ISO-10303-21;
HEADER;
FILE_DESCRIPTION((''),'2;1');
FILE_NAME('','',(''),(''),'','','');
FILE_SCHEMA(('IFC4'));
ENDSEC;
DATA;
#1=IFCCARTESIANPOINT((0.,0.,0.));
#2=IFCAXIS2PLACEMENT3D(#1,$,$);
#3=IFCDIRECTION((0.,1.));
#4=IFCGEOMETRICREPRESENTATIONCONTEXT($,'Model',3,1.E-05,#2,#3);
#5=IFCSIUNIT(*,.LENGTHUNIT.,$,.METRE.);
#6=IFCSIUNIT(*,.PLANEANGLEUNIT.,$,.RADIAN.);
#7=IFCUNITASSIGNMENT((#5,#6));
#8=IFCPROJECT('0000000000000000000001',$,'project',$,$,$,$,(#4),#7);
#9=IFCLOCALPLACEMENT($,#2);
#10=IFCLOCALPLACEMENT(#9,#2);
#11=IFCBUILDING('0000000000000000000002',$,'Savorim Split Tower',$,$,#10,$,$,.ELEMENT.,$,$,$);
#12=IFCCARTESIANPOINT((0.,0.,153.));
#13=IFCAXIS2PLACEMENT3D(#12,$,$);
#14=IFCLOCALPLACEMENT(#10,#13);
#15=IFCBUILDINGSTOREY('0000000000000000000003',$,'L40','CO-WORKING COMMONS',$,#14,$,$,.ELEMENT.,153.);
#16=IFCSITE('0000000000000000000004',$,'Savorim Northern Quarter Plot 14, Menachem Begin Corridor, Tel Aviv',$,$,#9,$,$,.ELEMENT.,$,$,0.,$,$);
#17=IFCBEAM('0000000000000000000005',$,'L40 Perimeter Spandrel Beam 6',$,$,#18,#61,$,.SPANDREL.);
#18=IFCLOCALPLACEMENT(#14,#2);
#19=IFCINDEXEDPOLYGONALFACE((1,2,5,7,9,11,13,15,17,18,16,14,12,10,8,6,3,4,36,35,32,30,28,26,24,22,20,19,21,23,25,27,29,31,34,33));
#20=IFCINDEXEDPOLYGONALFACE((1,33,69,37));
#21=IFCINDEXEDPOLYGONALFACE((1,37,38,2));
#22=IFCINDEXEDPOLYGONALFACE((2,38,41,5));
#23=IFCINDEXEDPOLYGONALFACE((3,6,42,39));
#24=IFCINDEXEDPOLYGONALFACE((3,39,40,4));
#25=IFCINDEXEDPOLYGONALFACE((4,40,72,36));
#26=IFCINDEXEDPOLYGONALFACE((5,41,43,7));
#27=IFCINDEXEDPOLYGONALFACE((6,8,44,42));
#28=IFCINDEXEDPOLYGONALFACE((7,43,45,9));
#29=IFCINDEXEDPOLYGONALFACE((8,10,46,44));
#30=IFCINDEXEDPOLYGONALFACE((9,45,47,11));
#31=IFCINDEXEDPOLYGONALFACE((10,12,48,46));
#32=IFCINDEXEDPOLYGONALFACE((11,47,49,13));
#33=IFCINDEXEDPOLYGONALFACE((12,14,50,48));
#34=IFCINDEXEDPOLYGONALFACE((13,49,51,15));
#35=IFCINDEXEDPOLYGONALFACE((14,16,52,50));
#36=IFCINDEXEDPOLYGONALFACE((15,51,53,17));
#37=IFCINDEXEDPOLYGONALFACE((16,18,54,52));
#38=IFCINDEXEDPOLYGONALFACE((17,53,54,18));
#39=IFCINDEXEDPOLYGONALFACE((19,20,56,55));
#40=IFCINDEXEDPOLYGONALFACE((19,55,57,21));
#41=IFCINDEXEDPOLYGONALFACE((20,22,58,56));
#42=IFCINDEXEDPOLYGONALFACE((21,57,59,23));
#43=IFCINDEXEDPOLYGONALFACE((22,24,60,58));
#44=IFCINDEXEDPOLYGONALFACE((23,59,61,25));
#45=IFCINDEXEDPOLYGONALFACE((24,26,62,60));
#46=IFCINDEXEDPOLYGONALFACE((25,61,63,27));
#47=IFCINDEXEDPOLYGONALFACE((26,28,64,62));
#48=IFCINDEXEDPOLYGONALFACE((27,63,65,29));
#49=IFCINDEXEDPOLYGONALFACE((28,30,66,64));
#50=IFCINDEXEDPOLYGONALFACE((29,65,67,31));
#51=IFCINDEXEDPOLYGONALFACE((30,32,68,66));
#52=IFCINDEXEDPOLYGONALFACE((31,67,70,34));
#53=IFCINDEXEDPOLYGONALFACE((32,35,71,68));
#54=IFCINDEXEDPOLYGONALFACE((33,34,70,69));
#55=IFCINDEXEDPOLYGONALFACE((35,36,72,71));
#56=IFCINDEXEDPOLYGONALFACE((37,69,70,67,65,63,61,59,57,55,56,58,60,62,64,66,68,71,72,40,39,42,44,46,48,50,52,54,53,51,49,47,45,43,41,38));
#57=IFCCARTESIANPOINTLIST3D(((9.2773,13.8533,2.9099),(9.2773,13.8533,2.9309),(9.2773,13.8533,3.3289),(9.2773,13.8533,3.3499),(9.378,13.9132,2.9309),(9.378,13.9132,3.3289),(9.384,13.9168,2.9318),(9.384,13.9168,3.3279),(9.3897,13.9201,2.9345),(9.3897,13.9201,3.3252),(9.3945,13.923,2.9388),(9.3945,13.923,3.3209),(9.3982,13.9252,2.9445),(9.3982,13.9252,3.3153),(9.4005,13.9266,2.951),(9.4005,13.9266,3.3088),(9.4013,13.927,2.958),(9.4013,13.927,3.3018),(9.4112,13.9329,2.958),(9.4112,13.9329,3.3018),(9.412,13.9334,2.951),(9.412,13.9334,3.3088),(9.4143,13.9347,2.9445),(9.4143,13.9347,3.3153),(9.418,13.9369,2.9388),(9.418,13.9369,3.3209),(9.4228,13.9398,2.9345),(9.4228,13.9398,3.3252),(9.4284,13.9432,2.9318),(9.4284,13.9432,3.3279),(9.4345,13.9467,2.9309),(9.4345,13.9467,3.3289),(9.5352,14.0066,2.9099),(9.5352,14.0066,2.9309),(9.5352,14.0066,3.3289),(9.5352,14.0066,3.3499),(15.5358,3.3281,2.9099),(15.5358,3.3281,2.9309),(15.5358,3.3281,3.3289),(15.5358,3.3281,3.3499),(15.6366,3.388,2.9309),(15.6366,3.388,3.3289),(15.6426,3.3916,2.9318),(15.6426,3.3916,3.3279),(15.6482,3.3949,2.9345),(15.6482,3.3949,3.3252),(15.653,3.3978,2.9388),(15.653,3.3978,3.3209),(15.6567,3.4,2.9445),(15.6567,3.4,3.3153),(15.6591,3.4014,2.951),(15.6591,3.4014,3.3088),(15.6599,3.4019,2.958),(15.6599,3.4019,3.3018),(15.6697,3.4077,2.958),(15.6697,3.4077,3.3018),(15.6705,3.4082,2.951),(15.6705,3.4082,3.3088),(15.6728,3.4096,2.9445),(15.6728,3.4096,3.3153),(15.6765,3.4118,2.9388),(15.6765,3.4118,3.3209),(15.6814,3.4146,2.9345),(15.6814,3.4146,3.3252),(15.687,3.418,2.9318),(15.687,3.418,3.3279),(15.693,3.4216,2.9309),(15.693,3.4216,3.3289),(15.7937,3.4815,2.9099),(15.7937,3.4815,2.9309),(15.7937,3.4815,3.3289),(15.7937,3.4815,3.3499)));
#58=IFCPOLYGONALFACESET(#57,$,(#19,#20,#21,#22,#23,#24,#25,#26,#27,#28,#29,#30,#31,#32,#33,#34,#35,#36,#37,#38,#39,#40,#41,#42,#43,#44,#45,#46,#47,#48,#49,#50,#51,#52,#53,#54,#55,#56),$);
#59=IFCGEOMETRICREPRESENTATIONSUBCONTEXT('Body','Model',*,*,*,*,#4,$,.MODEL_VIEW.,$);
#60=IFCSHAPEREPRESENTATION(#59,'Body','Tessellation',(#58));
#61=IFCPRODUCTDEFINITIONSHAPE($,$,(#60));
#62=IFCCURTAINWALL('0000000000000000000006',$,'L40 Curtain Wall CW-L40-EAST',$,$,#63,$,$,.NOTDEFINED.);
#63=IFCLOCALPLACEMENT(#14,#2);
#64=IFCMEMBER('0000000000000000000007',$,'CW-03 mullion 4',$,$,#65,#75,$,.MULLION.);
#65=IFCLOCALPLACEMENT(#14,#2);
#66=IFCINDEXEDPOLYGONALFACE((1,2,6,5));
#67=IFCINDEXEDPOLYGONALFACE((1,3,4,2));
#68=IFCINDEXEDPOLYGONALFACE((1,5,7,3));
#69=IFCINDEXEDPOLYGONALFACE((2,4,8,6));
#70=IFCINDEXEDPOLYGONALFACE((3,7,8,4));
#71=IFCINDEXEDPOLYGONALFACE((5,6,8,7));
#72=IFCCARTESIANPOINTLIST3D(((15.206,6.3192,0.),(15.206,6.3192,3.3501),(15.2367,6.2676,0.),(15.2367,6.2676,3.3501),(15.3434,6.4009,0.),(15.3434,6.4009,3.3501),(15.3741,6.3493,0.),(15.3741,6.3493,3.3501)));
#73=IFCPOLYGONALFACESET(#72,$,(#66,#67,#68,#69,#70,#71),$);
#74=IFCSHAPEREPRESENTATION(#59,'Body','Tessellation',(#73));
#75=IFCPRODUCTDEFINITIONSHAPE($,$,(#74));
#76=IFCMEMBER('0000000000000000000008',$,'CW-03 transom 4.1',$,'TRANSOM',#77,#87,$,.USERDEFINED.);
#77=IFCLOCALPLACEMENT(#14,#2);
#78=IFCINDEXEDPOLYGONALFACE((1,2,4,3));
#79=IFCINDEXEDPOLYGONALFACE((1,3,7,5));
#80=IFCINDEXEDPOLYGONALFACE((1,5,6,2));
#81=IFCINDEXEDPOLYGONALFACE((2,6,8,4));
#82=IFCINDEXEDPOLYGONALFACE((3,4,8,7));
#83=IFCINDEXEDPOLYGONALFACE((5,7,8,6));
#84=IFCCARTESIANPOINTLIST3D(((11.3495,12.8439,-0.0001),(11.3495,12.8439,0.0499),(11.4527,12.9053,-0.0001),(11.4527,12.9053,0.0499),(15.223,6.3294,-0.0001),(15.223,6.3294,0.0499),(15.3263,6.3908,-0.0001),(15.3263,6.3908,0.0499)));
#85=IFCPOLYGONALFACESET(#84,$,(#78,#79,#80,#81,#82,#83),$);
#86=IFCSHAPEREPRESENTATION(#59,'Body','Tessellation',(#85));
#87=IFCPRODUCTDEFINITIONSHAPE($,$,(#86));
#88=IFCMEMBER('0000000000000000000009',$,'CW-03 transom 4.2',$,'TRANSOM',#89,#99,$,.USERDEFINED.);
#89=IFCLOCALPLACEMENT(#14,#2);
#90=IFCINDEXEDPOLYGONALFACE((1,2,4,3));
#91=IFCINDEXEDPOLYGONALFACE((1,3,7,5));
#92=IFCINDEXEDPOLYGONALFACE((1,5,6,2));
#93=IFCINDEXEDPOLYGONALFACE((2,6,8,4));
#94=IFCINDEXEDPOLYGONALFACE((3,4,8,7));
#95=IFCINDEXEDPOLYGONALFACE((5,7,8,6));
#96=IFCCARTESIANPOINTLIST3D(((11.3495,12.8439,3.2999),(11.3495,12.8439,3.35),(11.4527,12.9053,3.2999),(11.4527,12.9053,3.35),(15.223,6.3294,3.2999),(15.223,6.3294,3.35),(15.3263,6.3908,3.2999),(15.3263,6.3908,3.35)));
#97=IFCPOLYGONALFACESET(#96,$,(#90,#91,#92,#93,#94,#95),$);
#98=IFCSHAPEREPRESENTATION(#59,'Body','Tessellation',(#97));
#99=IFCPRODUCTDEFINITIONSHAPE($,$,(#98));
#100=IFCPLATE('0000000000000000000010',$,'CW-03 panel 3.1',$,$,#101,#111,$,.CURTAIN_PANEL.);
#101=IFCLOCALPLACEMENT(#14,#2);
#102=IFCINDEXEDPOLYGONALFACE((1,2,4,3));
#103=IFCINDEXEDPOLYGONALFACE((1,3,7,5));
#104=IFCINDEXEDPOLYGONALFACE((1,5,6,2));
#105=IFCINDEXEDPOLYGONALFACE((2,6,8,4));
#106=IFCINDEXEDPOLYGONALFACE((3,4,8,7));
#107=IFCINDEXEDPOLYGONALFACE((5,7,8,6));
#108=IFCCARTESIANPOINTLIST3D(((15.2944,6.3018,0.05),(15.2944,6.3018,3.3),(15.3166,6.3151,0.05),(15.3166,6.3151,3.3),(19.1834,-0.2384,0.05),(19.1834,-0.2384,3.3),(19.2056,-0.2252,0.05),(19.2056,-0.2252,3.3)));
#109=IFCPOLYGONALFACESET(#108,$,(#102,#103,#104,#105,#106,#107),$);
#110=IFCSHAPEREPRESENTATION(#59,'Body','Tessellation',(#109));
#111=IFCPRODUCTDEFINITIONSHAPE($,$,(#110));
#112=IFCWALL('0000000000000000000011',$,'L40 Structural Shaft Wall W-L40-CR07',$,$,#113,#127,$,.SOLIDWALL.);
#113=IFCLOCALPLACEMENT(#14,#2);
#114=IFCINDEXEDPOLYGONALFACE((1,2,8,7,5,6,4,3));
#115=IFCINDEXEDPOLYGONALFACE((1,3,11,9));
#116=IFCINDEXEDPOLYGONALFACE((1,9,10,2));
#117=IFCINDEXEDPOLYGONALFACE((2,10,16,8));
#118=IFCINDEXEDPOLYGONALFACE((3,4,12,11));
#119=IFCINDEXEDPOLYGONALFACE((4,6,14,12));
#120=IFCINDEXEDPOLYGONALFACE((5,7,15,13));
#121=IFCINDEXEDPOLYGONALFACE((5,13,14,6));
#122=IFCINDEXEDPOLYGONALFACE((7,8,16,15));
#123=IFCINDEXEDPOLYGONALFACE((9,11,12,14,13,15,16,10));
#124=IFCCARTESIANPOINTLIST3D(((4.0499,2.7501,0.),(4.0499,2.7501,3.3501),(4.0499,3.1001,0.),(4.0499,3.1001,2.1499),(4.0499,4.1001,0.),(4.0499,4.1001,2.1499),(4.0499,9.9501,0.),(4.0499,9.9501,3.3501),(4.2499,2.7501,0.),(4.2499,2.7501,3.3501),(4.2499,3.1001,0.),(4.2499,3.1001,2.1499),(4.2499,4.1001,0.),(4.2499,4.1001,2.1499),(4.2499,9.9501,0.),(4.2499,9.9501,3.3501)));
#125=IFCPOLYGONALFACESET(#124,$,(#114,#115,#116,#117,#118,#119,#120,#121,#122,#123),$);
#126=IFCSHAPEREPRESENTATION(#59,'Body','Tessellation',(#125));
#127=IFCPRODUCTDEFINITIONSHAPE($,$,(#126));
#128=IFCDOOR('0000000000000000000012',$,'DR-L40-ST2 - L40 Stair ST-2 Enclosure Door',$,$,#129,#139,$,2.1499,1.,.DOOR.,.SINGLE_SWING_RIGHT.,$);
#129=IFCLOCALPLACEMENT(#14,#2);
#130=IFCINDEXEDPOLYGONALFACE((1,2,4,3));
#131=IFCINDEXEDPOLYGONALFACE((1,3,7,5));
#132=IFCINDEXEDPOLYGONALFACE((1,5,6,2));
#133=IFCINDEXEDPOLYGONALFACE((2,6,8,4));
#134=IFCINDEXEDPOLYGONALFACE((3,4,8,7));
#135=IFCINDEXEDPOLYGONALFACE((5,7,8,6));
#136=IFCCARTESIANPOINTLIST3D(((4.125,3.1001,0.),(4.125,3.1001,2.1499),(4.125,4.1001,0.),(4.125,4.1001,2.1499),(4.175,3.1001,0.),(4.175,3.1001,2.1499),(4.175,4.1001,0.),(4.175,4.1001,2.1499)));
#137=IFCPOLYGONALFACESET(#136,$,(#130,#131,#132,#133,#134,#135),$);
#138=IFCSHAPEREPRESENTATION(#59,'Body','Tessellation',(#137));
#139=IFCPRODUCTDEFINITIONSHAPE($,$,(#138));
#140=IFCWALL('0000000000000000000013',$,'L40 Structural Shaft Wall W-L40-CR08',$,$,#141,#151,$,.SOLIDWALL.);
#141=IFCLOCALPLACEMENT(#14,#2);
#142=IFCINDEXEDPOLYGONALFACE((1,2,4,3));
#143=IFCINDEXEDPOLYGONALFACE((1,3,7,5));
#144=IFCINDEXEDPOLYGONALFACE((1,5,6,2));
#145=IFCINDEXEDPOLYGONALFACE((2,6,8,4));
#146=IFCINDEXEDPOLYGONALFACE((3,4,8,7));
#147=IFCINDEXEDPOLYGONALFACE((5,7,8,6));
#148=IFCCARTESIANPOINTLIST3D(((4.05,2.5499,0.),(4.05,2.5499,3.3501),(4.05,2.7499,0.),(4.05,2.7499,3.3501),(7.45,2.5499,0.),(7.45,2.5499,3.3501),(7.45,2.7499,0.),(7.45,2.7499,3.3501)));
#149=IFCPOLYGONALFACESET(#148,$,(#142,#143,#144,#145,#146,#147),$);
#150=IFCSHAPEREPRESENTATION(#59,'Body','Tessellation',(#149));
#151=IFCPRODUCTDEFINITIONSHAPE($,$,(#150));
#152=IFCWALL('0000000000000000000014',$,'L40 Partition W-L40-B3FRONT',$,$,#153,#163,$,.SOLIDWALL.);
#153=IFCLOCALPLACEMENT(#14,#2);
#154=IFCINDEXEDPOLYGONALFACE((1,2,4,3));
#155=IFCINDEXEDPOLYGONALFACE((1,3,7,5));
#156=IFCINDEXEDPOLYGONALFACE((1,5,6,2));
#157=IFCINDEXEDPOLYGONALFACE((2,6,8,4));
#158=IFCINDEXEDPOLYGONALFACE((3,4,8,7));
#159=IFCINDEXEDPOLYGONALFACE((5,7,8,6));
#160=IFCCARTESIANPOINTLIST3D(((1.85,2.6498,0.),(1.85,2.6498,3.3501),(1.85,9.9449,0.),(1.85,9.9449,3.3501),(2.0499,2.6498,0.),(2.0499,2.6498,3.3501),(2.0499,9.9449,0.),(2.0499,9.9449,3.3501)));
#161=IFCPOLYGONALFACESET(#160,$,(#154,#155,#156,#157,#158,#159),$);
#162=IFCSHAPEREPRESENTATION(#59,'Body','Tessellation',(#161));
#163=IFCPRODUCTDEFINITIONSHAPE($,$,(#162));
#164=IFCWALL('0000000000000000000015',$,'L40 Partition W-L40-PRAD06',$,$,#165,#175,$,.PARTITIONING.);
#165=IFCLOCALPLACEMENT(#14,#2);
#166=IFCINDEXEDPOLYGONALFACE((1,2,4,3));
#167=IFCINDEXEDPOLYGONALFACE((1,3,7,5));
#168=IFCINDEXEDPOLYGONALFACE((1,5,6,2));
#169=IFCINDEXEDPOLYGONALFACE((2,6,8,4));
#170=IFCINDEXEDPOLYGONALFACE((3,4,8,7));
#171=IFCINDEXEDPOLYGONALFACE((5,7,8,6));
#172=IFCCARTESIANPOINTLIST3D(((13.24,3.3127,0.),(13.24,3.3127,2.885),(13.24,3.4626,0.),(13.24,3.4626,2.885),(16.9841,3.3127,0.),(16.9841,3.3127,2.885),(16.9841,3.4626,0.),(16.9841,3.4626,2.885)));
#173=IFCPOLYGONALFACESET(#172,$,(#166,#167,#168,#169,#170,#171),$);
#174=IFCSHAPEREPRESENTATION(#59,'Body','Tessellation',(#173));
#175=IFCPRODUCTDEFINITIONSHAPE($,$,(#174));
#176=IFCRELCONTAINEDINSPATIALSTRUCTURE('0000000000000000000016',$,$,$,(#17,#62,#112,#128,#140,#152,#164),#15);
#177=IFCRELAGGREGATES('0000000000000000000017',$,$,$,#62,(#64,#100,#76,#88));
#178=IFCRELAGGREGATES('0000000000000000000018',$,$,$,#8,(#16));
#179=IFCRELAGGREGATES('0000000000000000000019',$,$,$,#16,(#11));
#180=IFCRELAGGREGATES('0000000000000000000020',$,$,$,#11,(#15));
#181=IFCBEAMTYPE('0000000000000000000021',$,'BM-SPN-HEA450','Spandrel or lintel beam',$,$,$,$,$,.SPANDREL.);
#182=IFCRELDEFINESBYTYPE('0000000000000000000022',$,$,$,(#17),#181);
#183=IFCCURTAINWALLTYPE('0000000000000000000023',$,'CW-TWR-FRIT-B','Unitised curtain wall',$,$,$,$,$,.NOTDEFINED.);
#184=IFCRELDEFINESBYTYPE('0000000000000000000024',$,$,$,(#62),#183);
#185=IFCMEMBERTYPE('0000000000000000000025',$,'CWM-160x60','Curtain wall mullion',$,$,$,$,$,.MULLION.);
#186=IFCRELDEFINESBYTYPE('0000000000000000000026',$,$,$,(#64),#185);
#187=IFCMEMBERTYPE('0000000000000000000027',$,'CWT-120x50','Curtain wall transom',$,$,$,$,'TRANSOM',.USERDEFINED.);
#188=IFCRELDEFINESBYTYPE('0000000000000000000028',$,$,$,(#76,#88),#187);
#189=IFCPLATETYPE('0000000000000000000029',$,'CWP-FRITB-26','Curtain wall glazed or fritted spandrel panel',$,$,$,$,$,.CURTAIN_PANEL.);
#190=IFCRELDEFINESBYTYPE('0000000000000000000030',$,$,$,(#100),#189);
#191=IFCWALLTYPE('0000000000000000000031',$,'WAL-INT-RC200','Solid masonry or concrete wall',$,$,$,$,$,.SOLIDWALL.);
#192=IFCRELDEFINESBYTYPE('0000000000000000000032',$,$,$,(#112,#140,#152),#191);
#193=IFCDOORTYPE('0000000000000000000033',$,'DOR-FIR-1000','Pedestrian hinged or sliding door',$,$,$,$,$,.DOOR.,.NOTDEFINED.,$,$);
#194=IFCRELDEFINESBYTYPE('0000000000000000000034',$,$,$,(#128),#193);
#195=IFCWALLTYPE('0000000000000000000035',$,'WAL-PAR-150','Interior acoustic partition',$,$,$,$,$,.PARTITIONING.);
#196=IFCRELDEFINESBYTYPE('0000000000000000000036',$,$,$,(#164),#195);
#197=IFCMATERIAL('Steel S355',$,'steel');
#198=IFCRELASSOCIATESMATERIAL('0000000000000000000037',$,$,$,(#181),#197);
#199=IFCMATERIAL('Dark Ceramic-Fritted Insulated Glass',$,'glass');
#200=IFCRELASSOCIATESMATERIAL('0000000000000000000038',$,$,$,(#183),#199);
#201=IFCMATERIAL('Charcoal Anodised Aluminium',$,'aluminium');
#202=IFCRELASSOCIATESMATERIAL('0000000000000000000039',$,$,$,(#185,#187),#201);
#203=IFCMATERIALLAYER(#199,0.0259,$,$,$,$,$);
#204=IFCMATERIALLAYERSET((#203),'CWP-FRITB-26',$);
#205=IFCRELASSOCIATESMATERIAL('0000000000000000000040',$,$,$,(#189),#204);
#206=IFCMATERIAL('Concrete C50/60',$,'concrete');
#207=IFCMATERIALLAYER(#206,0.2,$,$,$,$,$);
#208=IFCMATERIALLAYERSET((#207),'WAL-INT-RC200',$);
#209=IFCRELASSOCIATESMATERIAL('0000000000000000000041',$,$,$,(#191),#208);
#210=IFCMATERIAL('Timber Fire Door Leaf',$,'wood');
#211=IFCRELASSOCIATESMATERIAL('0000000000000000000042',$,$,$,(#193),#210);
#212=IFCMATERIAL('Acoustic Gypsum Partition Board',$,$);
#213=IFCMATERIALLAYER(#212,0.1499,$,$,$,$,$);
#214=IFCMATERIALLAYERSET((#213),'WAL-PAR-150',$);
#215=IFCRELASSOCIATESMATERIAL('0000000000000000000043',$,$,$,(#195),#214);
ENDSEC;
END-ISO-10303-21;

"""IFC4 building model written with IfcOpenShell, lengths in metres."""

from ifc_helpers import new_model, si_unit, direction, frame, frame_2d, origin, origin_2d, place, context, subcontext, project, spatial, rectangle, i_section, extrude, material, layer, layer_set, material_profile, profile_set, type_object, element, fill, aggregate, save


model = new_model("IFC4")

# Units and contexts
model_context = context("Model", 3, precision=1e-05, world=origin(), true_north=direction((0.0, 1.0)))
body_context = subcontext(model_context, "Body", "Model", "MODEL_VIEW")
ifc_project = project(units=[si_unit("LENGTHUNIT", "METRE"), si_unit("PLANEANGLEUNIT", "RADIAN")], contexts=[model_context])

# Site, building, storey
site_placement = place(None, origin())
site = spatial("IfcSite", under=ifc_project, at=site_placement, Name="Savorim Northern Quarter Plot 14, Menachem Begin Corridor, Tel Aviv", CompositionType="ELEMENT", RefElevation=0.0)
building_placement = place(site_placement, origin())
building = spatial("IfcBuilding", under=site, at=building_placement, Name="Savorim Split Tower", CompositionType="ELEMENT")
storey_placement = place(building_placement, frame((0.0, 0.0, 153.0)))
storey = spatial("IfcBuildingStorey", under=building, at=storey_placement, Name="L40", Description="CO-WORKING COMMONS", CompositionType="ELEMENT", Elevation=153.0)

# Beam
ifc_material_1 = material(Name="Steel S355", Category="steel")
ifc_material_profile_1 = material_profile(ifc_material_1, i_section(OverallWidth=0.3, OverallDepth=0.4399, WebThickness=0.0115, FlangeThickness=0.021, FilletRadius=0.0271, at=origin_2d()), Name="HEA 450")
ifc_profile_set_1 = profile_set([ifc_material_profile_1], Name="Steel S355")
beam_type_1 = type_object("IfcBeamType", Name="BM-SPN-HEA450", Description="Spandrel or lintel beam", PredefinedType="SPANDREL", material=ifc_profile_set_1)
beam_1_placement = place(storey_placement, frame((15.6648, 3.4048, 3.1299), z_axis=(-0.511096, 0.859523, 0.0), x_axis=(-0.859523, -0.511096, 0.0)))
element("IfcBeam", 1, at=beam_1_placement, inside=storey, type_object=beam_type_1, Name="L40 Perimeter Spandrel Beam 6", PredefinedType="SPANDREL", context=body_context, shape_type="SweptSolid", body=[
    extrude(i_section(OverallWidth=0.3, OverallDepth=0.4399, WebThickness=0.0115, FlangeThickness=0.021, FilletRadius=0.0271, at=origin_2d()), origin(), (0.0, 0.0, 1.0), 12.2454),
])

# Curtain wall, members, plate
ifc_material_2 = material(Name="Dark Ceramic-Fritted Insulated Glass", Category="glass")
curtain_wall_type = type_object("IfcCurtainWallType", Name="CW-TWR-FRIT-B", Description="Unitised curtain wall", PredefinedType="NOTDEFINED", material=ifc_material_2)
curtain_wall_placement = place(storey_placement, origin())
curtain_wall = element("IfcCurtainWall", 2, at=curtain_wall_placement, inside=storey, type_object=curtain_wall_type, Name="L40 Curtain Wall CW-L40-EAST", PredefinedType="NOTDEFINED")
ifc_material_3 = material(Name="Charcoal Anodised Aluminium", Category="aluminium")
ifc_material_profile_2 = material_profile(ifc_material_3, rectangle(XDim=0.1599, YDim=0.0601, at=origin_2d()), Name="ALU-M 160x60")
ifc_profile_set_2 = profile_set([ifc_material_profile_2], Name="Charcoal Anodised Aluminium")
member_type_1 = type_object("IfcMemberType", Name="CWM-160x60", Description="Curtain wall mullion", PredefinedType="MULLION", material=ifc_profile_set_2)
member_1_placement = place(storey_placement, frame((15.29, 6.3342, 0.0), z_axis=(0.0, 0.0, 1.0), x_axis=(-0.859526, -0.511091, 0.0)))
member_1 = element("IfcMember", 3, at=member_1_placement, type_object=member_type_1, Name="CW-03 mullion 4", PredefinedType="MULLION", context=body_context, shape_type="SweptSolid", body=[
    extrude(rectangle(XDim=0.1599, YDim=0.0601, at=origin_2d()), origin(), (0.0, 0.0, 1.0), 3.3501),
])
ifc_material_profile_3 = material_profile(ifc_material_3, rectangle(XDim=0.1201, YDim=0.05, at=origin_2d()), Name="ALU-T 120x50")
ifc_profile_set_3 = profile_set([ifc_material_profile_3], Name="Charcoal Anodised Aluminium")
member_type_2 = type_object("IfcMemberType", Name="CWT-120x50", Description="Curtain wall transom", ElementType="TRANSOM", PredefinedType="USERDEFINED", material=ifc_profile_set_3)
member_2_placement = place(storey_placement, frame((15.2747, 6.3601, 0.0249), z_axis=(-0.511086, 0.85953, 0.0), x_axis=(-0.85953, -0.511086, 0.0)))
member_2 = element("IfcMember", 4, at=member_2_placement, type_object=member_type_2, Name="CW-03 transom 4.1", ObjectType="TRANSOM", PredefinedType="USERDEFINED", context=body_context, shape_type="SweptSolid", body=[
    extrude(rectangle(XDim=0.1201, YDim=0.05, at=origin_2d()), origin(), (0.0, 0.0, 1.0), 7.5791),
])
member_3_placement = place(storey_placement, frame((15.2747, 6.3601, 3.325), z_axis=(-0.511086, 0.85953, 0.0), x_axis=(-0.85953, -0.511086, 0.0)))
member_3 = element("IfcMember", 5, at=member_3_placement, type_object=member_type_2, Name="CW-03 transom 4.2", ObjectType="TRANSOM", PredefinedType="USERDEFINED", context=body_context, shape_type="SweptSolid", body=[
    extrude(rectangle(XDim=0.1201, YDim=0.05, at=origin_2d()), origin(), (0.0, 0.0, 1.0), 7.5791),
])
ifc_layer_1 = layer(ifc_material_2, 0.0259)
ifc_layer_set_1 = layer_set([ifc_layer_1], Name="CWP-FRITB-26")
plate_type = type_object("IfcPlateType", Name="CWP-FRITB-26", Description="Curtain wall glazed or fritted spandrel panel", PredefinedType="CURTAIN_PANEL", material=ifc_layer_set_1)
plate_placement = place(storey_placement, frame((17.25, 3.0383, 0.05), z_axis=(0.0, 0.0, 1.0), x_axis=(-0.511091, 0.859526, 0.0)))
plate = element("IfcPlate", 6, at=plate_placement, type_object=plate_type, Name="CW-03 panel 3.1", PredefinedType="CURTAIN_PANEL", context=body_context, shape_type="SweptSolid", body=[
    extrude(rectangle(XDim=7.6091, YDim=0.0259, at=origin_2d()), origin(), (0.0, 0.0, 1.0), 3.25),
])
aggregate(curtain_wall, [member_1, plate, member_2, member_3])

# Wall, opening, door
ifc_material_4 = material(Name="Concrete C50/60", Category="concrete")
ifc_layer_2 = layer(ifc_material_4, 0.2)
ifc_layer_set_2 = layer_set([ifc_layer_2], Name="WAL-INT-RC200")
wall_type_1 = type_object("IfcWallType", Name="WAL-INT-RC200", Description="Solid masonry or concrete wall", PredefinedType="SOLIDWALL", material=ifc_layer_set_2)
wall_1_placement = place(storey_placement, frame((4.1499, 2.75, 0.0), z_axis=(0.0, 0.0, 1.0), x_axis=(0.0, 1.0, 0.0)))
wall_1 = element("IfcWall", 7, at=wall_1_placement, inside=storey, type_object=wall_type_1, Name="L40 Structural Shaft Wall W-L40-CR07", PredefinedType="SOLIDWALL", context=body_context, shape_type="SweptSolid", body=[
    extrude(rectangle(XDim=7.2, YDim=0.2, at=frame_2d((3.6001, 0.0))), origin(), (0.0, 0.0, 1.0), 3.3501),
])
opening_placement = place(wall_1_placement, frame((0.3501, 0.0, 0.0)))
opening = element("IfcOpeningElement", 8, at=opening_placement, cuts=wall_1, PredefinedType="OPENING", context=body_context, shape_type="SweptSolid", body=[
    extrude(rectangle(XDim=1.0, YDim=2.1499, at=frame_2d((0.5, 1.075))), frame((0.0, 0.1099, 0.0), z_axis=(0.0, -1.0, 0.0), x_axis=(1.0, 0.0, 0.0)), (0.0, 0.0, 1.0), 0.22),
])
ifc_material_5 = material(Name="Timber Fire Door Leaf", Category="wood")
door_type = type_object("IfcDoorType", Name="DOR-FIR-1000", Description="Pedestrian hinged or sliding door", OperationType="NOTDEFINED", PredefinedType="DOOR", material=ifc_material_5)
door_placement = place(opening_placement, origin())
door = element("IfcDoor", 9, at=door_placement, inside=storey, type_object=door_type, Name="DR-L40-ST2 - L40 Stair ST-2 Enclosure Door", OperationType="SINGLE_SWING_RIGHT", OverallHeight=2.1499, OverallWidth=1.0, PredefinedType="DOOR", context=body_context, shape_type="SweptSolid", body=[
    extrude(rectangle(XDim=1.0, YDim=2.1499, at=frame_2d((0.5, 1.075))), frame((0.0, 0.0249, 0.0), z_axis=(0.0, -1.0, 0.0), x_axis=(1.0, 0.0, 0.0)), (0.0, 0.0, 1.0), 0.05),
])
fill(opening, door)

# Walls
wall_2_placement = place(storey_placement, frame((4.05, 2.6499, 0.0), z_axis=(0.0, 0.0, 1.0), x_axis=(1.0, 0.0, 0.0)))
element("IfcWall", 10, at=wall_2_placement, inside=storey, type_object=wall_type_1, Name="L40 Structural Shaft Wall W-L40-CR08", PredefinedType="SOLIDWALL", context=body_context, shape_type="SweptSolid", body=[
    extrude(rectangle(XDim=3.3999, YDim=0.2, at=frame_2d((1.7, 0.0))), origin(), (0.0, 0.0, 1.0), 3.3501),
])
wall_3_placement = place(storey_placement, frame((1.95, 2.6499, 0.0), z_axis=(0.0, 0.0, 1.0), x_axis=(0.0, 1.0, 0.0)))
element("IfcWall", 11, at=wall_3_placement, inside=storey, type_object=wall_type_1, Name="L40 Partition W-L40-B3FRONT", PredefinedType="SOLIDWALL", context=body_context, shape_type="SweptSolid", body=[
    extrude(rectangle(XDim=7.2952, YDim=0.2, at=frame_2d((3.6475, 0.0))), origin(), (0.0, 0.0, 1.0), 3.3501),
])
ifc_material_6 = material(Name="Acoustic Gypsum Partition Board")
ifc_layer_3 = layer(ifc_material_6, 0.1499)
ifc_layer_set_3 = layer_set([ifc_layer_3], Name="WAL-PAR-150")
wall_type_2 = type_object("IfcWallType", Name="WAL-PAR-150", Description="Interior acoustic partition", PredefinedType="PARTITIONING", material=ifc_layer_set_3)
wall_4_placement = place(storey_placement, frame((13.24, 3.3877, 0.0), z_axis=(0.0, 0.0, 1.0), x_axis=(1.0, 0.0, 0.0)))
element("IfcWall", 12, at=wall_4_placement, inside=storey, type_object=wall_type_2, Name="L40 Partition W-L40-PRAD06", PredefinedType="PARTITIONING", context=body_context, shape_type="SweptSolid", body=[
    extrude(rectangle(XDim=3.7441, YDim=0.1499, at=frame_2d((1.8721, 0.0))), origin(), (0.0, 0.0, 1.0), 2.885),
])

save(model, "model.ifc")
